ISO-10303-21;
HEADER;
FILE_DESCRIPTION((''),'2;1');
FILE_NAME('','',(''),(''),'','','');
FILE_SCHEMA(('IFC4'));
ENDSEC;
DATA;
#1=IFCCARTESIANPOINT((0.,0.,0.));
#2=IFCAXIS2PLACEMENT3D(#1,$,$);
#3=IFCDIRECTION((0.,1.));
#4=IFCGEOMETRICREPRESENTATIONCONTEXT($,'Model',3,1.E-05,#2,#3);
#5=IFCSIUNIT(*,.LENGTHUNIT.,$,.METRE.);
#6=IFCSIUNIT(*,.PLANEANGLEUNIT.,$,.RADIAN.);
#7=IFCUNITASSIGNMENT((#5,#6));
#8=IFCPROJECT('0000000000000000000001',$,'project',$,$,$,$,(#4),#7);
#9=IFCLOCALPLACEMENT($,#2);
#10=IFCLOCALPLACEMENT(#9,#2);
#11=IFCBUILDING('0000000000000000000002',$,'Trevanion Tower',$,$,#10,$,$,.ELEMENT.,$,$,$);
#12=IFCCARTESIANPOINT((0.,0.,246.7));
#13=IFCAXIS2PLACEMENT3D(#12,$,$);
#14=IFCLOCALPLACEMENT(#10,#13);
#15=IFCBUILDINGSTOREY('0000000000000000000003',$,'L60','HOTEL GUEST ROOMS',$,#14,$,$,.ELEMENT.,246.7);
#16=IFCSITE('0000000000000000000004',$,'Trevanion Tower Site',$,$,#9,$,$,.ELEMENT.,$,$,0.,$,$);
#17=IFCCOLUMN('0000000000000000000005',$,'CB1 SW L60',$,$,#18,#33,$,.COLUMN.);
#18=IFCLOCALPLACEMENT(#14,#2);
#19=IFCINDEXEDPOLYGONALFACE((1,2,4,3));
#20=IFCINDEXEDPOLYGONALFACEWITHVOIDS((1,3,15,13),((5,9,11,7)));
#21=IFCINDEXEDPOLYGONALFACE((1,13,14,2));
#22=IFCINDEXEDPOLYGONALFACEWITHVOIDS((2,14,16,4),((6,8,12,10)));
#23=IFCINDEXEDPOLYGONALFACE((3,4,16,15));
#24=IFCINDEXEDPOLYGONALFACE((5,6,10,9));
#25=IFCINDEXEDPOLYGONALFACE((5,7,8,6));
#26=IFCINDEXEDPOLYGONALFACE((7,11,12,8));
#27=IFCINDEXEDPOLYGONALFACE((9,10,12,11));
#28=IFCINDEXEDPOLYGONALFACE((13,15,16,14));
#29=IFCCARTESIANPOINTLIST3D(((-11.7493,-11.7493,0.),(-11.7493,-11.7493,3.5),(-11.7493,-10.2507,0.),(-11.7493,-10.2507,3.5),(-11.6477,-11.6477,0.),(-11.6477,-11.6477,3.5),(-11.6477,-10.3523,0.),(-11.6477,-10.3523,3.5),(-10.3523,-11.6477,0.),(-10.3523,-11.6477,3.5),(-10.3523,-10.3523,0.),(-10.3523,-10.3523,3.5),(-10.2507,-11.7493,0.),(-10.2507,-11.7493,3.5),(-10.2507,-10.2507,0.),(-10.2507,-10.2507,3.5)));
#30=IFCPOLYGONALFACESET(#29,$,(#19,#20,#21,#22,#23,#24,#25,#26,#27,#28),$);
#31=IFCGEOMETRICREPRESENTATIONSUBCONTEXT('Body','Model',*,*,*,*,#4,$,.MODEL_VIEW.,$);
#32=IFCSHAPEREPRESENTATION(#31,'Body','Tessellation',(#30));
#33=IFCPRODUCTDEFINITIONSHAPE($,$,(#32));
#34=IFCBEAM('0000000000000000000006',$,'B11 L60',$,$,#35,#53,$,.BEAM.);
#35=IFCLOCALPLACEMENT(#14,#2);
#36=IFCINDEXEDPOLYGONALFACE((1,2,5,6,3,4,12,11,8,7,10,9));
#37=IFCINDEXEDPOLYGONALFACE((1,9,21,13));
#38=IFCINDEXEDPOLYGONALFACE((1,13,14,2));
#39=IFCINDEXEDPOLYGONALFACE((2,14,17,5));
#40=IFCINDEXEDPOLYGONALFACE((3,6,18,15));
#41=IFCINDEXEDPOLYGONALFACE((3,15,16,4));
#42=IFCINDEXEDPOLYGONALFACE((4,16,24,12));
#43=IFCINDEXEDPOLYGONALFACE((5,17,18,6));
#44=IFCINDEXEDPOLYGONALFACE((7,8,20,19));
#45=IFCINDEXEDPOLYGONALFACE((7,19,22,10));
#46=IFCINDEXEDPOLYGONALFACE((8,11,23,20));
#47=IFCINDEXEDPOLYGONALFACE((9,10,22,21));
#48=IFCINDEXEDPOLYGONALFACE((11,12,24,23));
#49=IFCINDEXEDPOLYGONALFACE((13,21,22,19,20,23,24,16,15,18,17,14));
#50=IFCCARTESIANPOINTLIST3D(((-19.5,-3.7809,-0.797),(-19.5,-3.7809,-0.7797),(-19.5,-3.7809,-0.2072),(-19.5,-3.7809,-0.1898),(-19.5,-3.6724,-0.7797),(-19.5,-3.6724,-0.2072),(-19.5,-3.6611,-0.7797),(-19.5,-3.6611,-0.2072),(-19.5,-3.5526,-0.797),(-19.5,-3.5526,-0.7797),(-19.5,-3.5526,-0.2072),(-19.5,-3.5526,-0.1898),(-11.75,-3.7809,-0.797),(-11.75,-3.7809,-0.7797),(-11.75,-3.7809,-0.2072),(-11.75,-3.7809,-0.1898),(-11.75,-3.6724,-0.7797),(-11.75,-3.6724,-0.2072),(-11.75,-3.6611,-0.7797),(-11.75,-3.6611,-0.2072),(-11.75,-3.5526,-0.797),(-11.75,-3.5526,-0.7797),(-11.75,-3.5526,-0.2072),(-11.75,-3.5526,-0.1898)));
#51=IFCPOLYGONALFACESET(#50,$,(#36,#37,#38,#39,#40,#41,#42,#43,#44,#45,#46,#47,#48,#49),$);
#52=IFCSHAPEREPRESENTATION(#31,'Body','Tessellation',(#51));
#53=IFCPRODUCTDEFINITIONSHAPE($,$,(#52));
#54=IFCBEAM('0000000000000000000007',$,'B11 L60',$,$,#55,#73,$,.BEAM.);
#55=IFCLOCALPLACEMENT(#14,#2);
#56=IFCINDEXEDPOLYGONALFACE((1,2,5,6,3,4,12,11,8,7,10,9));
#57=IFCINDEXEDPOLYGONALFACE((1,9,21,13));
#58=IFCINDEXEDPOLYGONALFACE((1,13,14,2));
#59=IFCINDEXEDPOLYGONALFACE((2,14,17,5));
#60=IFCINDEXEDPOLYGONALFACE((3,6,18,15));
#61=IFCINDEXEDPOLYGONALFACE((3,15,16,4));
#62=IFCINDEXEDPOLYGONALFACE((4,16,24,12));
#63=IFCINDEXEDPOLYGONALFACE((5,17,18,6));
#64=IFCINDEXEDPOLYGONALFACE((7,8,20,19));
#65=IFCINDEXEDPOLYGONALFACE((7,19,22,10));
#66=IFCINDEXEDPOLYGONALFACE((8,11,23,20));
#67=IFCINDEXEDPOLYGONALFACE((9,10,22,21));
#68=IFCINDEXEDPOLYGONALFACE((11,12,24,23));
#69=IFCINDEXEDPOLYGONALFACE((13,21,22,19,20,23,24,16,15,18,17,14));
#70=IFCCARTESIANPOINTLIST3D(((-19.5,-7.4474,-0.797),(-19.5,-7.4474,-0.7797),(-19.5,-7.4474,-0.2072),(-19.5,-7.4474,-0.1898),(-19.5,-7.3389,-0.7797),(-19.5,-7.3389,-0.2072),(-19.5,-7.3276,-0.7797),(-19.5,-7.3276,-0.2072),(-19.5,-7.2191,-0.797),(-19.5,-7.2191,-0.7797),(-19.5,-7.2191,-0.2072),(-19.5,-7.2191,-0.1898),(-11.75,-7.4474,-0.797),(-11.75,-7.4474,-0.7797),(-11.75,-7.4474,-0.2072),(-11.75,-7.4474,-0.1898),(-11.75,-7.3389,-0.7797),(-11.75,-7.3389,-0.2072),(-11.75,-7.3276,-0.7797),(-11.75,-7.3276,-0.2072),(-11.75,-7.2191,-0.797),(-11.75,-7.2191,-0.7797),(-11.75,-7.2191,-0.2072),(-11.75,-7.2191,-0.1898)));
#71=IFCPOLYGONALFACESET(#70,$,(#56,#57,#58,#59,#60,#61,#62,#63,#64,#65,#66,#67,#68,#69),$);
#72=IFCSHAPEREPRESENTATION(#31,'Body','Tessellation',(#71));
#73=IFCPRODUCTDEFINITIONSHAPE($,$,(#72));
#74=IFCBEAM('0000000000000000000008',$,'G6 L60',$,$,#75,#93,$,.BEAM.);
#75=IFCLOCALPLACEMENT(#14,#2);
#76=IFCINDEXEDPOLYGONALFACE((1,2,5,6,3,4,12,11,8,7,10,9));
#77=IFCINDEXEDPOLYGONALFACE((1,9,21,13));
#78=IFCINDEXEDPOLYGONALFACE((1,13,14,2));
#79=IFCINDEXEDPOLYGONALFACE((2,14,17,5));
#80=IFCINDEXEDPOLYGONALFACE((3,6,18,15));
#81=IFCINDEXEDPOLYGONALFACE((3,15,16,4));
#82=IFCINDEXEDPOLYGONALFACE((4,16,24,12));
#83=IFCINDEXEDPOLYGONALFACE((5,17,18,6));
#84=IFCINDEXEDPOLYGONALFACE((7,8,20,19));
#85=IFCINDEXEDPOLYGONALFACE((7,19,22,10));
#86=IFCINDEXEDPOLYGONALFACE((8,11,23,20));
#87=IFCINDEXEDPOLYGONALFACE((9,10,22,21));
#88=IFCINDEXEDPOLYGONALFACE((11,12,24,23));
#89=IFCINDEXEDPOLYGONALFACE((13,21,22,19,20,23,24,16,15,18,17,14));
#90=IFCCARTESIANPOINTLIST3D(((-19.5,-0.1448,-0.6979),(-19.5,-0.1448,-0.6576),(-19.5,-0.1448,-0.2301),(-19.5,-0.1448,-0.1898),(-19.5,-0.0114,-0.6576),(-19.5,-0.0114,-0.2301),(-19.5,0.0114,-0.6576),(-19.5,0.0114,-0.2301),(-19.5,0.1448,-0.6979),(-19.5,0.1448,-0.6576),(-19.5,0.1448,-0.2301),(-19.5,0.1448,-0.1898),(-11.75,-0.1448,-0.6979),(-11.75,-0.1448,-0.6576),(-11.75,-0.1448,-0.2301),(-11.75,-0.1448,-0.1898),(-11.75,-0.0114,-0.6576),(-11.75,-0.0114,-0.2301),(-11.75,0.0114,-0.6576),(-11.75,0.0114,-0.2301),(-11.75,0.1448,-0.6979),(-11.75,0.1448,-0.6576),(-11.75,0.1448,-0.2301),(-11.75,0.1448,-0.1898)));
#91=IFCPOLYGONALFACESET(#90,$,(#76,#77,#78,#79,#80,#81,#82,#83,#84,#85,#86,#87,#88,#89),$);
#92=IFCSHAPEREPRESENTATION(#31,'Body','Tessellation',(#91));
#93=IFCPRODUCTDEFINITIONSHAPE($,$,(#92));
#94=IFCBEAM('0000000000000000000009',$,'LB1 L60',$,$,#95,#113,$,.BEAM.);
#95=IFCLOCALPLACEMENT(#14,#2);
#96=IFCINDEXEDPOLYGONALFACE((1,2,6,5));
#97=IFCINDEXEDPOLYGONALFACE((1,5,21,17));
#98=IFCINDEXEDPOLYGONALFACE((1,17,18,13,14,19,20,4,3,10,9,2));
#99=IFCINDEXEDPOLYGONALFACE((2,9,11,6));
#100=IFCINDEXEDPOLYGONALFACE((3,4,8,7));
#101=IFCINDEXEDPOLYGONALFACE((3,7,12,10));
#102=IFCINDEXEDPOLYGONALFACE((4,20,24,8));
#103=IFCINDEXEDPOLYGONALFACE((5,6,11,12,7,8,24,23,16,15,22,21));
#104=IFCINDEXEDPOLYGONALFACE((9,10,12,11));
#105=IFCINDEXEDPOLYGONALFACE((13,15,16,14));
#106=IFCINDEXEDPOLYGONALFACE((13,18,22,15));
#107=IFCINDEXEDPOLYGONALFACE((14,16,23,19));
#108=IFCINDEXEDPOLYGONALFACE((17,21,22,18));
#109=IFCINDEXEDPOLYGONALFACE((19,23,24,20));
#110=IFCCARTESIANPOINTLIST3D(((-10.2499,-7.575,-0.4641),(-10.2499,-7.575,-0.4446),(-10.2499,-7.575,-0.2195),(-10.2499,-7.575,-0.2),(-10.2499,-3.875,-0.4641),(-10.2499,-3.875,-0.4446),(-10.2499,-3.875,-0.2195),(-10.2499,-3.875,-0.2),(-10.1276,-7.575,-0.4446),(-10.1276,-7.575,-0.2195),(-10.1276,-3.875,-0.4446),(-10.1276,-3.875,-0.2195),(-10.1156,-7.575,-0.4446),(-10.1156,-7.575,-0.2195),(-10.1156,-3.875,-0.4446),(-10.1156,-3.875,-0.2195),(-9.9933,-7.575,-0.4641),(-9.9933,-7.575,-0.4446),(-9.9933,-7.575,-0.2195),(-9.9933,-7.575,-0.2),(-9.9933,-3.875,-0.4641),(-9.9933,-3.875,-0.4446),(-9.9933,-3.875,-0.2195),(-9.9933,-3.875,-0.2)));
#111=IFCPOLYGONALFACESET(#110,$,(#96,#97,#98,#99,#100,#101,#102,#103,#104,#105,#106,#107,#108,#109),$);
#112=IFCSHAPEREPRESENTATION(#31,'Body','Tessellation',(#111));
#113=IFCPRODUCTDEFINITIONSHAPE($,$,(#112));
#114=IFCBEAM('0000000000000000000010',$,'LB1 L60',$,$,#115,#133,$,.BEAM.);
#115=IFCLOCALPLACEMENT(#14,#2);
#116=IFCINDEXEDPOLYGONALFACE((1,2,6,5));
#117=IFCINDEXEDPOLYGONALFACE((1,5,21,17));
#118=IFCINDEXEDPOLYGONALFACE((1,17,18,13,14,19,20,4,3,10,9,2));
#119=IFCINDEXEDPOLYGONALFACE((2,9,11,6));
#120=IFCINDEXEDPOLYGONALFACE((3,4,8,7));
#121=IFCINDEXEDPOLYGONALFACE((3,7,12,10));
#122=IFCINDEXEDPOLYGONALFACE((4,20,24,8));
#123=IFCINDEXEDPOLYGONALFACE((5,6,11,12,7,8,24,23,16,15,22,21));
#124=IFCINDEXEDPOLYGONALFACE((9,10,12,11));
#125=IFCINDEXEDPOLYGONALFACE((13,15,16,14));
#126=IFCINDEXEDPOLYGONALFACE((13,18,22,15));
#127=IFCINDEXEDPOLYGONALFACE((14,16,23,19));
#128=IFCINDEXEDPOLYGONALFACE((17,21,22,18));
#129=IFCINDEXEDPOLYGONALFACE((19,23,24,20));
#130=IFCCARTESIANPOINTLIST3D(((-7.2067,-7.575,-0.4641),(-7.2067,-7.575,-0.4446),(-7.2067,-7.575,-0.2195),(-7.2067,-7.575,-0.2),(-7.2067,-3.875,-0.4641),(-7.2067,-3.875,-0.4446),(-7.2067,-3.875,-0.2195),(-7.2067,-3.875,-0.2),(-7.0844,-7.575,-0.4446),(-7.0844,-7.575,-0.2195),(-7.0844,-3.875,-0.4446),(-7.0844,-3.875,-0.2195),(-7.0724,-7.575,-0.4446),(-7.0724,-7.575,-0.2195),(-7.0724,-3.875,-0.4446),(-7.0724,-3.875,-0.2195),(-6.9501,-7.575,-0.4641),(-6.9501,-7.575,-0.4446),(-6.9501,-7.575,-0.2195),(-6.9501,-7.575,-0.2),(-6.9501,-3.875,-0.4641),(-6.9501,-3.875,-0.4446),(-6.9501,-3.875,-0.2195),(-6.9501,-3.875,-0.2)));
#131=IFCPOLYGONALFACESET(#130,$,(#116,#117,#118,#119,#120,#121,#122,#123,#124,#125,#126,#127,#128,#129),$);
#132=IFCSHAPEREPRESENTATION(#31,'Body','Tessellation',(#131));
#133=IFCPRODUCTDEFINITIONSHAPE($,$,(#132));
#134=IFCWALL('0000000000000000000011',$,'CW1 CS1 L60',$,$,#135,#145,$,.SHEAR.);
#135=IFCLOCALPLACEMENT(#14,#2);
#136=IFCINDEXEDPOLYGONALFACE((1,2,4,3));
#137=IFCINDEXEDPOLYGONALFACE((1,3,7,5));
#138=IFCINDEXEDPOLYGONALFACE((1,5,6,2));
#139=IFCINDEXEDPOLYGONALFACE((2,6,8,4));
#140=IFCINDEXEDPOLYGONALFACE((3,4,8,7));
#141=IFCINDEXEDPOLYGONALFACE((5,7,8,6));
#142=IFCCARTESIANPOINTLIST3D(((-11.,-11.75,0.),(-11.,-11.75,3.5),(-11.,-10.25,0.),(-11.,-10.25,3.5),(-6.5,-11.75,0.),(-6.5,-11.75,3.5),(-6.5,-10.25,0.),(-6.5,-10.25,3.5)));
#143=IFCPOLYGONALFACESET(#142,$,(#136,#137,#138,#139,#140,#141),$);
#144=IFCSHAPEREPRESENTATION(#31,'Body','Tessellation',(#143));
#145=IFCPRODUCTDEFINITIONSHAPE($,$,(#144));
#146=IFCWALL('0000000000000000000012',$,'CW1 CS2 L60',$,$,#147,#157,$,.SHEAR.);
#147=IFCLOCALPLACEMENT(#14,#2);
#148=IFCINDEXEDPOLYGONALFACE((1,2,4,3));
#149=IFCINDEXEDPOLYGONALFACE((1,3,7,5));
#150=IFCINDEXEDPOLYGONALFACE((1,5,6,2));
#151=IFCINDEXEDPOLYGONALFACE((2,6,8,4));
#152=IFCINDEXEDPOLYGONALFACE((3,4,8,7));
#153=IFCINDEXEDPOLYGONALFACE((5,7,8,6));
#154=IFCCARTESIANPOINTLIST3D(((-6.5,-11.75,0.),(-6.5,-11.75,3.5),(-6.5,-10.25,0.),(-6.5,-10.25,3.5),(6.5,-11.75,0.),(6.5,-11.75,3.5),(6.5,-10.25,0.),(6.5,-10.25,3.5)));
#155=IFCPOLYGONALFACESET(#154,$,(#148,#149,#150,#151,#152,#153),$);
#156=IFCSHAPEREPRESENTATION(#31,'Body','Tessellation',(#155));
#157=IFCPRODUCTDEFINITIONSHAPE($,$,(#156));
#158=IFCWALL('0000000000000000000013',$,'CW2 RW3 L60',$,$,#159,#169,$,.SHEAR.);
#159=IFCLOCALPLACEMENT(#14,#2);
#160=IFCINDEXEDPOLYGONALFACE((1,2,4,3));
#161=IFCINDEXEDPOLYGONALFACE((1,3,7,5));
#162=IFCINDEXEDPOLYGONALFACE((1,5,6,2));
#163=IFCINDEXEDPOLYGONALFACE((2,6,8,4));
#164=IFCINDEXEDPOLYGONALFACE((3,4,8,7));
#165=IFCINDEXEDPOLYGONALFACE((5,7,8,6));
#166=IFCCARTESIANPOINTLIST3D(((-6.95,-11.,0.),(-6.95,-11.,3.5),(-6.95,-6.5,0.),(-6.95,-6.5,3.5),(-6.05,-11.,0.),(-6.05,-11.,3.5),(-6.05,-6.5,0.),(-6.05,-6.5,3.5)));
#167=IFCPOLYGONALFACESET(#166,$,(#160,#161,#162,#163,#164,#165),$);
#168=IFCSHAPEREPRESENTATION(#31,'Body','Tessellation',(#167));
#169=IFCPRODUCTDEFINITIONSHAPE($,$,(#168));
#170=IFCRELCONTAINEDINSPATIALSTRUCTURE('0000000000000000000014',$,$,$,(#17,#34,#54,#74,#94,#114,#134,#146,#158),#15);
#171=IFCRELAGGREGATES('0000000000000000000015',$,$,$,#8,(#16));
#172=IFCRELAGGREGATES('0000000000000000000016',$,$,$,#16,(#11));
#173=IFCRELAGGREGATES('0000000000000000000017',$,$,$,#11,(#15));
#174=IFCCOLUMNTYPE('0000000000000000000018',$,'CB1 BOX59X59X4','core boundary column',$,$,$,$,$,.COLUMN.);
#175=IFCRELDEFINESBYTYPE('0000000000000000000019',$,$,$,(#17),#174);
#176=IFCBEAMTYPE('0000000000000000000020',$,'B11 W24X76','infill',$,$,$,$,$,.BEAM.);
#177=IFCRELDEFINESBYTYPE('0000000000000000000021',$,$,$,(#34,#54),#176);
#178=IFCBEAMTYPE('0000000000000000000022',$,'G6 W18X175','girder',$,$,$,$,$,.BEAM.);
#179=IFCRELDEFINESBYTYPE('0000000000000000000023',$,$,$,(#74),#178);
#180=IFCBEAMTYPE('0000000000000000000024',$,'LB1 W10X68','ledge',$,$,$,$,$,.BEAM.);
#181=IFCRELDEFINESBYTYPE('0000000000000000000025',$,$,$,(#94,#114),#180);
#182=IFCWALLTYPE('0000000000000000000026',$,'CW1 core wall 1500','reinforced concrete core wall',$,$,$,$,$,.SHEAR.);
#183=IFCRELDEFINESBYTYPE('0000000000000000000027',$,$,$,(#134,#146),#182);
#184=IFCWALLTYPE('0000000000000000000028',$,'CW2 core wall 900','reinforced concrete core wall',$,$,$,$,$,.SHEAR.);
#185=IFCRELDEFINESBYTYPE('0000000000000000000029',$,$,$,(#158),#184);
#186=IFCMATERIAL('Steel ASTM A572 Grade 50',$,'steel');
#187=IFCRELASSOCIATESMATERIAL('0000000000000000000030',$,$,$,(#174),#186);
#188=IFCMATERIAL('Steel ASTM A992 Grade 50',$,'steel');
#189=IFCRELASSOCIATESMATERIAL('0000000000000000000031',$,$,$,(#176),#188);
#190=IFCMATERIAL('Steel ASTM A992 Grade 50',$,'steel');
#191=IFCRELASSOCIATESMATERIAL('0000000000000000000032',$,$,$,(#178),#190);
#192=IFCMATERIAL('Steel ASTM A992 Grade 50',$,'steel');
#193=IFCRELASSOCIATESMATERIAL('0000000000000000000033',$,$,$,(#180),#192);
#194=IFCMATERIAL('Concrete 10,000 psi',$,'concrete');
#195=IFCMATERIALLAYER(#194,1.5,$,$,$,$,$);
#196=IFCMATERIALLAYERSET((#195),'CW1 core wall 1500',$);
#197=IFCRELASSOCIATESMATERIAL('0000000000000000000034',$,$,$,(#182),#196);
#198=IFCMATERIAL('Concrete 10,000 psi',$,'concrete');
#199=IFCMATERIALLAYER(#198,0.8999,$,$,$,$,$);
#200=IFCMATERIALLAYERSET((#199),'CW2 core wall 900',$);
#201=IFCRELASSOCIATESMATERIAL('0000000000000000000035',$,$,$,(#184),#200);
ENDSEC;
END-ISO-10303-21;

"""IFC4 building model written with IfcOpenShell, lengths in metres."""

from ifc_helpers import new_model, si_unit, direction, frame, frame_2d, origin, origin_2d, place, context, subcontext, project, spatial, rectangle, hollow_rectangle, i_section, extrude, material, layer, layer_set, material_profile, profile_set, type_object, element, save


model = new_model("IFC4")

# Units and contexts
model_context = context("Model", 3, precision=1e-05, world=origin(), true_north=direction((0.0, 1.0)))
body_context = subcontext(model_context, "Body", "Model", "MODEL_VIEW")
ifc_project = project(units=[si_unit("LENGTHUNIT", "METRE"), si_unit("PLANEANGLEUNIT", "RADIAN")], contexts=[model_context])

# Site, building, storey
site_placement = place(None, origin())
site = spatial("IfcSite", under=ifc_project, at=site_placement, Name="Trevanion Tower Site", CompositionType="ELEMENT", RefElevation=0.0)
building_placement = place(site_placement, origin())
building = spatial("IfcBuilding", under=site, at=building_placement, Name="Trevanion Tower", CompositionType="ELEMENT")
storey_placement = place(building_placement, frame((0.0, 0.0, 246.7)))
storey = spatial("IfcBuildingStorey", under=building, at=storey_placement, Name="L60", Description="HOTEL GUEST ROOMS", CompositionType="ELEMENT", Elevation=246.7)

# Column
ifc_material_1 = material(Name="Steel ASTM A572 Grade 50", Category="steel")
ifc_material_profile_1 = material_profile(ifc_material_1, hollow_rectangle(XDim=1.4985, YDim=1.4985, WallThickness=0.1016, at=origin_2d()), Name="BOX59X59X4")
ifc_profile_set_1 = profile_set([ifc_material_profile_1], Name="Steel ASTM A572 Grade 50")
column_type = type_object("IfcColumnType", Name="CB1 BOX59X59X4", Description="core boundary column", PredefinedType="COLUMN", material=ifc_profile_set_1)
column_placement = place(storey_placement, frame((-11.0, -11.0, 0.0), z_axis=(0.0, 0.0, 1.0), x_axis=(1.0, 0.0, 0.0)))
element("IfcColumn", 1, at=column_placement, inside=storey, type_object=column_type, Name="CB1 SW L60", PredefinedType="COLUMN", context=body_context, shape_type="SweptSolid", body=[
    extrude(hollow_rectangle(XDim=1.4985, YDim=1.4985, WallThickness=0.1016, at=origin_2d()), origin(), (0.0, 0.0, 1.0), 3.5),
])

# Beams
ifc_material_2 = material(Name="Steel ASTM A992 Grade 50", Category="steel")
ifc_material_profile_2 = material_profile(ifc_material_2, i_section(OverallWidth=0.2283, OverallDepth=0.6072, WebThickness=0.0112, FlangeThickness=0.0173, at=origin_2d()), Name="W24X76")
ifc_profile_set_2 = profile_set([ifc_material_profile_2], Name="Steel ASTM A992 Grade 50")
beam_type_1 = type_object("IfcBeamType", Name="B11 W24X76", Description="infill", PredefinedType="BEAM", material=ifc_profile_set_2)
for number, where, z_axis, x_axis, name in (
    (2, (-11.75, -3.6667, -0.4934), (-1.0, 0.0, 0.0), (0.0, -1.0, 0.0), "B11 L60"),
    (3, (-11.75, -7.3333, -0.4934), (-1.0, 0.0, 0.0), (0.0, -1.0, 0.0), "B11 L60"),
):
    element("IfcBeam", number, at=place(storey_placement, frame(where, z_axis=z_axis, x_axis=x_axis)), inside=storey, type_object=beam_type_1, Name=name, PredefinedType="BEAM", context=body_context, shape_type="SweptSolid", body=[
        extrude(i_section(OverallWidth=0.2283, OverallDepth=0.6072, WebThickness=0.0112, FlangeThickness=0.0173, at=origin_2d()), origin(), (0.0, 0.0, 1.0), 7.75),
    ])
ifc_material_3 = material(Name="Steel ASTM A992 Grade 50", Category="steel")
ifc_material_profile_3 = material_profile(ifc_material_3, i_section(OverallWidth=0.2896, OverallDepth=0.5081, WebThickness=0.0227, FlangeThickness=0.0403, at=origin_2d()), Name="W18X175")
ifc_profile_set_3 = profile_set([ifc_material_profile_3], Name="Steel ASTM A992 Grade 50")
beam_type_2 = type_object("IfcBeamType", Name="G6 W18X175", Description="girder", PredefinedType="BEAM", material=ifc_profile_set_3)
beam_placement = place(storey_placement, frame((-11.75, 0.0, -0.4438), z_axis=(-1.0, 0.0, 0.0), x_axis=(0.0, -1.0, 0.0)))
element("IfcBeam", 4, at=beam_placement, inside=storey, type_object=beam_type_2, Name="G6 L60", PredefinedType="BEAM", context=body_context, shape_type="SweptSolid", body=[
    extrude(i_section(OverallWidth=0.2896, OverallDepth=0.5081, WebThickness=0.0227, FlangeThickness=0.0403, at=origin_2d()), origin(), (0.0, 0.0, 1.0), 7.75),
])
ifc_material_4 = material(Name="Steel ASTM A992 Grade 50", Category="steel")
ifc_material_profile_4 = material_profile(ifc_material_4, i_section(OverallWidth=0.2566, OverallDepth=0.2642, WebThickness=0.012, FlangeThickness=0.0195, at=origin_2d()), Name="W10X68")
ifc_profile_set_4 = profile_set([ifc_material_profile_4], Name="Steel ASTM A992 Grade 50")
beam_type_3 = type_object("IfcBeamType", Name="LB1 W10X68", Description="ledge", PredefinedType="BEAM", material=ifc_profile_set_4)
for number, where, z_axis, x_axis, name in (
    (5, (-10.1216, -7.575, -0.332), (0.0, 1.0, 0.0), (-1.0, 0.0, 0.0), "LB1 L60"),
    (6, (-7.0784, -7.575, -0.332), (0.0, 1.0, 0.0), (-1.0, 0.0, 0.0), "LB1 L60"),
):
    element("IfcBeam", number, at=place(storey_placement, frame(where, z_axis=z_axis, x_axis=x_axis)), inside=storey, type_object=beam_type_3, Name=name, PredefinedType="BEAM", context=body_context, shape_type="SweptSolid", body=[
        extrude(i_section(OverallWidth=0.2566, OverallDepth=0.2642, WebThickness=0.012, FlangeThickness=0.0195, at=origin_2d()), origin(), (0.0, 0.0, 1.0), 3.7),
    ])

# Walls
ifc_material_5 = material(Name="Concrete 10,000 psi", Category="concrete")
ifc_layer_1 = layer(ifc_material_5, 1.5)
ifc_layer_set_1 = layer_set([ifc_layer_1], Name="CW1 core wall 1500")
wall_type_1 = type_object("IfcWallType", Name="CW1 core wall 1500", Description="reinforced concrete core wall", PredefinedType="SHEAR", material=ifc_layer_set_1)
wall_1_placement = place(storey_placement, frame((-11.0, -11.0, 0.0), z_axis=(0.0, 0.0, 1.0), x_axis=(1.0, 0.0, 0.0)))
element("IfcWall", 7, at=wall_1_placement, inside=storey, type_object=wall_type_1, Name="CW1 CS1 L60", PredefinedType="SHEAR", context=body_context, shape_type="SweptSolid", body=[
    extrude(rectangle(XDim=4.5, YDim=1.5, at=frame_2d((2.25, 0.0))), origin(), (0.0, 0.0, 1.0), 3.5),
])
wall_2_placement = place(storey_placement, frame((-6.5, -11.0, 0.0), z_axis=(0.0, 0.0, 1.0), x_axis=(1.0, 0.0, 0.0)))
element("IfcWall", 8, at=wall_2_placement, inside=storey, type_object=wall_type_1, Name="CW1 CS2 L60", PredefinedType="SHEAR", context=body_context, shape_type="SweptSolid", body=[
    extrude(rectangle(XDim=13.0, YDim=1.5, at=frame_2d((6.5, 0.0))), origin(), (0.0, 0.0, 1.0), 3.5),
])
ifc_material_6 = material(Name="Concrete 10,000 psi", Category="concrete")
ifc_layer_2 = layer(ifc_material_6, 0.8999)
ifc_layer_set_2 = layer_set([ifc_layer_2], Name="CW2 core wall 900")
wall_type_2 = type_object("IfcWallType", Name="CW2 core wall 900", Description="reinforced concrete core wall", PredefinedType="SHEAR", material=ifc_layer_set_2)
wall_3_placement = place(storey_placement, frame((-6.5, -6.5, 0.0), z_axis=(0.0, 0.0, 1.0), x_axis=(0.0, -1.0, 0.0)))
element("IfcWall", 9, at=wall_3_placement, inside=storey, type_object=wall_type_2, Name="CW2 RW3 L60", PredefinedType="SHEAR", context=body_context, shape_type="SweptSolid", body=[
    extrude(rectangle(XDim=4.5, YDim=0.8999, at=frame_2d((2.25, 0.0))), origin(), (0.0, 0.0, 1.0), 3.5),
])

save(model, "model.ifc")
